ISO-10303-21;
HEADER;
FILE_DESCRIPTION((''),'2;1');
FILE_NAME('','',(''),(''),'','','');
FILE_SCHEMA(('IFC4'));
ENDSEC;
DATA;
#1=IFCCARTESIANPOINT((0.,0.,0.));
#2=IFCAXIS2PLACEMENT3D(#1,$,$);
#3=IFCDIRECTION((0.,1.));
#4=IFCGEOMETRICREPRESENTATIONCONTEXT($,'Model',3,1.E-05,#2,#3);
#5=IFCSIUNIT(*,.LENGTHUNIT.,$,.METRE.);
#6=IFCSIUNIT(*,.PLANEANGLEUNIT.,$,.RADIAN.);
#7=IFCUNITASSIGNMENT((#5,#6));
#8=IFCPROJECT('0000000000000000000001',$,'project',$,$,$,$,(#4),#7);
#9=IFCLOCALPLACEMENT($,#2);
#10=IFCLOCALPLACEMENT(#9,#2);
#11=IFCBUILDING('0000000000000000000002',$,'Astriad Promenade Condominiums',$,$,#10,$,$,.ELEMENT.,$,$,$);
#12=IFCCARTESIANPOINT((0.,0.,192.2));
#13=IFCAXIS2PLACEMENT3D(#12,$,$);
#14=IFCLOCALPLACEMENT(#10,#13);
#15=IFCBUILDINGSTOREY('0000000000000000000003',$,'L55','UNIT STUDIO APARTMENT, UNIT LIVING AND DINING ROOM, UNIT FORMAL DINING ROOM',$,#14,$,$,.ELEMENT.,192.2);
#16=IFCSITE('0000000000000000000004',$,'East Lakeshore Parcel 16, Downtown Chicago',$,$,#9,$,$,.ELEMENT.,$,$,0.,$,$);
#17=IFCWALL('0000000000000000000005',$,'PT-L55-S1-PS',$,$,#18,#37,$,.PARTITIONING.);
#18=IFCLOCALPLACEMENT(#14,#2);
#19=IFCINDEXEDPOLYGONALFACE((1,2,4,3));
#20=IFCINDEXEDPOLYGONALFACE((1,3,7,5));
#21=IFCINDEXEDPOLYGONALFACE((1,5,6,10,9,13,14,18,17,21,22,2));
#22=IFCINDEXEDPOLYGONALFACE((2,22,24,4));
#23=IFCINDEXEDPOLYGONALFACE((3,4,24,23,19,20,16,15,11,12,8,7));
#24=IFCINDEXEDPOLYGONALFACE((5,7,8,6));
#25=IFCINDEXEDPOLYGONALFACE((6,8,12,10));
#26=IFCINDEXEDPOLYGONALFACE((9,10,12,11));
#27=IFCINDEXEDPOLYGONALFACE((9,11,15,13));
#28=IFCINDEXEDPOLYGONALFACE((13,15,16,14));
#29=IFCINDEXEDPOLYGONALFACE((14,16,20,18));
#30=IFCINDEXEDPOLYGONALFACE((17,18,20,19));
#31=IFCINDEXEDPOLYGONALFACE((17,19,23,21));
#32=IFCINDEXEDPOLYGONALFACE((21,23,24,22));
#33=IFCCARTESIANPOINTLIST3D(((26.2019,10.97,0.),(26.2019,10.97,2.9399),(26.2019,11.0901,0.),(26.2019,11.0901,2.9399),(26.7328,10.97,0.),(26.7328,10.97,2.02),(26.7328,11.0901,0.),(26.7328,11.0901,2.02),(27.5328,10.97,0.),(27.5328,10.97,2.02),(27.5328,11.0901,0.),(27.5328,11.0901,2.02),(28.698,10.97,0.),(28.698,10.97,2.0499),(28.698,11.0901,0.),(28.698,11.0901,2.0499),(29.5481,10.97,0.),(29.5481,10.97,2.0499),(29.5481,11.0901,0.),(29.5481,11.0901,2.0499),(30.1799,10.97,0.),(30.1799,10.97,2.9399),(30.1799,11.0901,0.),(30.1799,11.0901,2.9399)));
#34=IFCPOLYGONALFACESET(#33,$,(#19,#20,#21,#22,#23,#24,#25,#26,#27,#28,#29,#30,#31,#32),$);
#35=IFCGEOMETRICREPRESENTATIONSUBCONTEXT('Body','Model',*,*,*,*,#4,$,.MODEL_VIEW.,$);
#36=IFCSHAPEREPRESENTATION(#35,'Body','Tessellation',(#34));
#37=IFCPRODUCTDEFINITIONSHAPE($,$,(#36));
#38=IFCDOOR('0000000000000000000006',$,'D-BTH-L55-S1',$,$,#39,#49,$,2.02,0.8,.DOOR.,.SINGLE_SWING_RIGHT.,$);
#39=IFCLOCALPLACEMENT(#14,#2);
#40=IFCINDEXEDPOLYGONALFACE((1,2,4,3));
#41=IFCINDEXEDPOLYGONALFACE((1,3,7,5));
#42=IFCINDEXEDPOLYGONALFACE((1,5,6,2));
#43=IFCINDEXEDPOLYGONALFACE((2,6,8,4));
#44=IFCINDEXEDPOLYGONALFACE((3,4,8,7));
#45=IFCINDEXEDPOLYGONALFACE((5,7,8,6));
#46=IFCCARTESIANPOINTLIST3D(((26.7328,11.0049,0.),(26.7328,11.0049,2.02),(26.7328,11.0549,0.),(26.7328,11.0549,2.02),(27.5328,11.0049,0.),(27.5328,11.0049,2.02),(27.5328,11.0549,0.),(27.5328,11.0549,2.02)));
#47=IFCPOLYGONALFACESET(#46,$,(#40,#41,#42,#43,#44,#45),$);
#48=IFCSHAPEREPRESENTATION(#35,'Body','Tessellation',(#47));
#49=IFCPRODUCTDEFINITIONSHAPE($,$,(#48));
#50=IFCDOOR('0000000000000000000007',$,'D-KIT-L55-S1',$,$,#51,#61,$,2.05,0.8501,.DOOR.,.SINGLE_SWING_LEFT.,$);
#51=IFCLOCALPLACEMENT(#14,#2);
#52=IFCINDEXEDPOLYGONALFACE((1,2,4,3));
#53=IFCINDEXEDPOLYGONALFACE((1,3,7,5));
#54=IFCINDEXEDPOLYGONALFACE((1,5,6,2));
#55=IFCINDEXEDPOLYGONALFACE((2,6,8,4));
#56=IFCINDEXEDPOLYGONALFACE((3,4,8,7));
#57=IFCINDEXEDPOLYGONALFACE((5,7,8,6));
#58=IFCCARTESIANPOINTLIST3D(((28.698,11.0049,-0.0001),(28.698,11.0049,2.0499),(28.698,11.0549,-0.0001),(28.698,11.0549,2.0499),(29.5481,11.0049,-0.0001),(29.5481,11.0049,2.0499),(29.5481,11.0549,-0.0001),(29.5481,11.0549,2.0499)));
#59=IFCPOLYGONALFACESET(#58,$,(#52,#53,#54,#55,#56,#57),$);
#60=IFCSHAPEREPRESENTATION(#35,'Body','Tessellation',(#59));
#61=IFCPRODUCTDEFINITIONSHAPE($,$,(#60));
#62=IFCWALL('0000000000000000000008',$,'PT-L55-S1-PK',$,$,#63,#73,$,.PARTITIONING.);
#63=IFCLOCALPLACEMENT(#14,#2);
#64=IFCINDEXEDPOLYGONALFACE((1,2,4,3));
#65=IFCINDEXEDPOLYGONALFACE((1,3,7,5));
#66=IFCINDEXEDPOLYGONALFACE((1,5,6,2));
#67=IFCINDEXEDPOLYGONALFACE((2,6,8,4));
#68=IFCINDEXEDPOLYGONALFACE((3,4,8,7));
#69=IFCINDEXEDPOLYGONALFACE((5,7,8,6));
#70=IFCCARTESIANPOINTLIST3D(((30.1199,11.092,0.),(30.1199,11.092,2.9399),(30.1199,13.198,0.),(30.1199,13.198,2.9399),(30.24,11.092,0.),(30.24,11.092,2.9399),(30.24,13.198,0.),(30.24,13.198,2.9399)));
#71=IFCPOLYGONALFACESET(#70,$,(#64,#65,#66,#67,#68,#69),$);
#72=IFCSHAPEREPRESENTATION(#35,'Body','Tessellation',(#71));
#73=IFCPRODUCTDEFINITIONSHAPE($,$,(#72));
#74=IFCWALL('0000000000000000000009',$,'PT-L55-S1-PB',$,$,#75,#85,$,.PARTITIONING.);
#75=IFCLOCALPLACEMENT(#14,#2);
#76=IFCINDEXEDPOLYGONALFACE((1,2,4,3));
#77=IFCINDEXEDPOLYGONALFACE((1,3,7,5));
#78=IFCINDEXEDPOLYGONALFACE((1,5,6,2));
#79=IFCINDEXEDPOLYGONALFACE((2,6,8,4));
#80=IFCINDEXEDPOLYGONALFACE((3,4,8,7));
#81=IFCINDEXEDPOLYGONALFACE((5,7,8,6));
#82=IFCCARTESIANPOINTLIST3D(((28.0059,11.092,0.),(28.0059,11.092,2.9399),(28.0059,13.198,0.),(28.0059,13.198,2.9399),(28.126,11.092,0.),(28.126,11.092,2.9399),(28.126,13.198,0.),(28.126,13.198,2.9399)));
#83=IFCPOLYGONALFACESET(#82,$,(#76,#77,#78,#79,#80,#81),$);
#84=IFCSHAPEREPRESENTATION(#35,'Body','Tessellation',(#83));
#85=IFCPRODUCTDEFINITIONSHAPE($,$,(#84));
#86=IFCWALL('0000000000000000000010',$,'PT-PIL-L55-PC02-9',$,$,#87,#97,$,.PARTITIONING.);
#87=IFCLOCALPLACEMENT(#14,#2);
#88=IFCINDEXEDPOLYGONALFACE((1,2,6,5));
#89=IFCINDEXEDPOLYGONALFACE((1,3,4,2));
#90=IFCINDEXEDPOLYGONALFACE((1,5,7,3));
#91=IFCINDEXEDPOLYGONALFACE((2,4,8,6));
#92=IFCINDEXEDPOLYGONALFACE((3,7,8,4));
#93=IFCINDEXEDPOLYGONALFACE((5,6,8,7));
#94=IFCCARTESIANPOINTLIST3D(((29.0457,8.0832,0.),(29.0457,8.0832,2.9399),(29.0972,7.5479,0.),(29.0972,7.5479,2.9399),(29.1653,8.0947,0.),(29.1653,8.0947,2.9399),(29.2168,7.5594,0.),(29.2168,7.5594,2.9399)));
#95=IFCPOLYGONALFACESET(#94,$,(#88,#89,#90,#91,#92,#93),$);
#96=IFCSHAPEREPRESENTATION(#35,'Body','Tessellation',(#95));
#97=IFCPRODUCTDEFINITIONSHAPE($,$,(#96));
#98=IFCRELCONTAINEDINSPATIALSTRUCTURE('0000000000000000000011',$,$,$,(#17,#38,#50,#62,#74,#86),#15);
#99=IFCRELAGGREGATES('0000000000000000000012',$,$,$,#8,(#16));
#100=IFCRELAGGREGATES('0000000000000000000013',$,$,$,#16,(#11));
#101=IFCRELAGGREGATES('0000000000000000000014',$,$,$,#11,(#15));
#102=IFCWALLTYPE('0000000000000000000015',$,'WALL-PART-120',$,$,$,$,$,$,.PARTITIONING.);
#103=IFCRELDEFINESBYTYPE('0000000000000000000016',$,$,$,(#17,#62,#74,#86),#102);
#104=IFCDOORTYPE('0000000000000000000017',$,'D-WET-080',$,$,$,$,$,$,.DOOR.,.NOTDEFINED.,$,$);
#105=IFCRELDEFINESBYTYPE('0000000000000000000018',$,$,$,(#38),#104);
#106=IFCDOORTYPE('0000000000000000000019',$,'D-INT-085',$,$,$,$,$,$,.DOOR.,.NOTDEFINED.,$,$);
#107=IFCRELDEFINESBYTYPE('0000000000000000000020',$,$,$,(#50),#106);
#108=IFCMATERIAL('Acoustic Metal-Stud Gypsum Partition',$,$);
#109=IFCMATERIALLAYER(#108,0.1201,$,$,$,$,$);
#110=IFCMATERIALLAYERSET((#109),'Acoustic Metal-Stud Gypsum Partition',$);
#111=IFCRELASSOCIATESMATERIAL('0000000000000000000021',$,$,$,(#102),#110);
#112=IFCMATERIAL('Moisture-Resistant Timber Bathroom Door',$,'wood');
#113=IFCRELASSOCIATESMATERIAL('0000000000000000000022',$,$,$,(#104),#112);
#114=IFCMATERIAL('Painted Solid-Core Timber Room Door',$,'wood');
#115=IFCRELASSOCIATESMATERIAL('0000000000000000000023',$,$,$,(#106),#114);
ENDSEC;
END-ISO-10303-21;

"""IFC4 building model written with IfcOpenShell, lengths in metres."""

from ifc_helpers import new_model, si_unit, direction, frame, frame_2d, origin, place, context, subcontext, project, spatial, rectangle, extrude, source, transform, mapped, material, layer, layer_set, type_object, type_shapes, element, fill, save


model = new_model("IFC4")

# Units and contexts
model_context = context("Model", 3, precision=1e-05, world=origin(), true_north=direction((0.0, 1.0)))
body_context = subcontext(model_context, "Body", "Model", "MODEL_VIEW")
ifc_project = project(units=[si_unit("LENGTHUNIT", "METRE"), si_unit("PLANEANGLEUNIT", "RADIAN")], contexts=[model_context])

# Site, building, storey
site_placement = place(None, origin())
site = spatial("IfcSite", under=ifc_project, at=site_placement, Name="East Lakeshore Parcel 16, Downtown Chicago", CompositionType="ELEMENT", RefElevation=0.0)
building_placement = place(site_placement, origin())
building = spatial("IfcBuilding", under=site, at=building_placement, Name="Astriad Promenade Condominiums", CompositionType="ELEMENT")
storey_placement = place(building_placement, frame((0.0, 0.0, 192.2)))
storey = spatial("IfcBuildingStorey", under=building, at=storey_placement, Name="L55", Description="UNIT STUDIO APARTMENT, UNIT LIVING AND DINING ROOM, UNIT FORMAL DINING ROOM", CompositionType="ELEMENT", Elevation=192.2)

# Wall, openings, doors
ifc_material_1 = material(Name="Acoustic Metal-Stud Gypsum Partition")
ifc_layer_1 = layer(ifc_material_1, 0.1201)
ifc_layer_set_1 = layer_set([ifc_layer_1], Name="Acoustic Metal-Stud Gypsum Partition")
wall_type_1 = type_object("IfcWallType", Name="WALL-PART-120", PredefinedType="PARTITIONING", material=ifc_layer_set_1)
wall_1_placement = place(storey_placement, frame((26.2019, 11.03, 0.0), z_axis=(0.0, 0.0, 1.0), x_axis=(1.0, 0.0, 0.0)))
wall_1 = element("IfcWall", 1, at=wall_1_placement, inside=storey, type_object=wall_type_1, Name="PT-L55-S1-PS", PredefinedType="PARTITIONING", context=body_context, shape_type="SweptSolid", body=[
    extrude(rectangle(XDim=3.978, YDim=0.1201, at=frame_2d((1.989, 0.0))), origin(), (0.0, 0.0, 1.0), 2.9399),
])
opening_1_placement = place(wall_1_placement, frame((0.531, 0.0, 0.0)))
opening_1 = element("IfcOpeningElement", 2, at=opening_1_placement, cuts=wall_1, PredefinedType="OPENING", context=body_context, shape_type="SweptSolid", body=[
    extrude(rectangle(XDim=0.8, YDim=2.02, at=frame_2d((0.3999, 1.01))), frame((0.0, 0.0701, 0.0), z_axis=(0.0, -1.0, 0.0), x_axis=(1.0, 0.0, 0.0)), (0.0, 0.0, 1.0), 0.1401),
])
opening_2_placement = place(wall_1_placement, frame((2.4961, 0.0, 0.0)))
opening_2 = element("IfcOpeningElement", 3, at=opening_2_placement, cuts=wall_1, PredefinedType="OPENING", context=body_context, shape_type="SweptSolid", body=[
    extrude(rectangle(XDim=0.8501, YDim=2.05, at=frame_2d((0.425, 1.0249))), frame((0.0, 0.0701, 0.0), z_axis=(0.0, -1.0, 0.0), x_axis=(1.0, 0.0, 0.0)), (0.0, 0.0, 1.0), 0.1401),
])
ifc_material_2 = material(Name="Moisture-Resistant Timber Bathroom Door", Category="wood")
door_type_1 = type_object("IfcDoorType", Name="D-WET-080", OperationType="NOTDEFINED", PredefinedType="DOOR", material=ifc_material_2)
shared_shape_1 = source(origin(), body_context, "Body", "SweptSolid", [
    extrude(rectangle(XDim=0.8, YDim=2.02, at=frame_2d((0.3999, 1.01))), frame((0.0, 0.0249, 0.0), z_axis=(0.0, -1.0, 0.0), x_axis=(1.0, 0.0, 0.0)), (0.0, 0.0, 1.0), 0.05),
])
type_shapes(door_type_1, [shared_shape_1])
door_1_placement = place(opening_1_placement, origin())
door_1 = element("IfcDoor", 4, at=door_1_placement, inside=storey, type_object=door_type_1, Name="D-BTH-L55-S1", OperationType="SINGLE_SWING_RIGHT", OverallHeight=2.02, OverallWidth=0.8, PredefinedType="DOOR", context=body_context, shape_type="MappedRepresentation", body=[
    mapped(shared_shape_1, transform((0.0, 0.0, 0.0), scale=1.0)),
])
fill(opening_1, door_1)
ifc_material_3 = material(Name="Painted Solid-Core Timber Room Door", Category="wood")
door_type_2 = type_object("IfcDoorType", Name="D-INT-085", OperationType="NOTDEFINED", PredefinedType="DOOR", material=ifc_material_3)
shared_shape_2 = source(origin(), body_context, "Body", "SweptSolid", [
    extrude(rectangle(XDim=0.8501, YDim=2.05, at=frame_2d((0.425, 1.0249))), frame((0.0, 0.0249, 0.0), z_axis=(0.0, -1.0, 0.0), x_axis=(1.0, 0.0, 0.0)), (0.0, 0.0, 1.0), 0.05),
])
type_shapes(door_type_2, [shared_shape_2])
door_2_placement = place(opening_2_placement, origin())
door_2 = element("IfcDoor", 5, at=door_2_placement, inside=storey, type_object=door_type_2, Name="D-KIT-L55-S1", OperationType="SINGLE_SWING_LEFT", OverallHeight=2.05, OverallWidth=0.8501, PredefinedType="DOOR", context=body_context, shape_type="MappedRepresentation", body=[
    mapped(shared_shape_2, transform((0.0, 0.0, 0.0), scale=1.0)),
])
fill(opening_2, door_2)

# Walls
for number, where, z_axis, x_axis, name in (
    (6, (30.1799, 11.092, 0.0), (0.0, 0.0, 1.0), (0.0, 1.0, 0.0), "PT-L55-S1-PK"),
    (7, (28.0659, 11.092, 0.0), (0.0, 0.0, 1.0), (0.0, 1.0, 0.0), "PT-L55-S1-PB"),
):
    element("IfcWall", number, at=place(storey_placement, frame(where, z_axis=z_axis, x_axis=x_axis)), inside=storey, type_object=wall_type_1, Name=name, PredefinedType="PARTITIONING", context=body_context, shape_type="SweptSolid", body=[
        extrude(rectangle(XDim=2.106, YDim=0.1201, at=frame_2d((1.053, 0.0))), origin(), (0.0, 0.0, 1.0), 2.9399),
    ])
wall_2_placement = place(storey_placement, frame((29.1055, 8.0891, 0.0), z_axis=(0.0, 0.0, 1.0), x_axis=(0.095773, -0.995403, 0.0)))
element("IfcWall", 8, at=wall_2_placement, inside=storey, type_object=wall_type_1, Name="PT-PIL-L55-PC02-9", PredefinedType="PARTITIONING", context=body_context, shape_type="SweptSolid", body=[
    extrude(rectangle(XDim=0.5378, YDim=0.1201, at=frame_2d((0.269, 0.0))), origin(), (0.0, 0.0, 1.0), 2.9399),
])

save(model, "model.ifc")
